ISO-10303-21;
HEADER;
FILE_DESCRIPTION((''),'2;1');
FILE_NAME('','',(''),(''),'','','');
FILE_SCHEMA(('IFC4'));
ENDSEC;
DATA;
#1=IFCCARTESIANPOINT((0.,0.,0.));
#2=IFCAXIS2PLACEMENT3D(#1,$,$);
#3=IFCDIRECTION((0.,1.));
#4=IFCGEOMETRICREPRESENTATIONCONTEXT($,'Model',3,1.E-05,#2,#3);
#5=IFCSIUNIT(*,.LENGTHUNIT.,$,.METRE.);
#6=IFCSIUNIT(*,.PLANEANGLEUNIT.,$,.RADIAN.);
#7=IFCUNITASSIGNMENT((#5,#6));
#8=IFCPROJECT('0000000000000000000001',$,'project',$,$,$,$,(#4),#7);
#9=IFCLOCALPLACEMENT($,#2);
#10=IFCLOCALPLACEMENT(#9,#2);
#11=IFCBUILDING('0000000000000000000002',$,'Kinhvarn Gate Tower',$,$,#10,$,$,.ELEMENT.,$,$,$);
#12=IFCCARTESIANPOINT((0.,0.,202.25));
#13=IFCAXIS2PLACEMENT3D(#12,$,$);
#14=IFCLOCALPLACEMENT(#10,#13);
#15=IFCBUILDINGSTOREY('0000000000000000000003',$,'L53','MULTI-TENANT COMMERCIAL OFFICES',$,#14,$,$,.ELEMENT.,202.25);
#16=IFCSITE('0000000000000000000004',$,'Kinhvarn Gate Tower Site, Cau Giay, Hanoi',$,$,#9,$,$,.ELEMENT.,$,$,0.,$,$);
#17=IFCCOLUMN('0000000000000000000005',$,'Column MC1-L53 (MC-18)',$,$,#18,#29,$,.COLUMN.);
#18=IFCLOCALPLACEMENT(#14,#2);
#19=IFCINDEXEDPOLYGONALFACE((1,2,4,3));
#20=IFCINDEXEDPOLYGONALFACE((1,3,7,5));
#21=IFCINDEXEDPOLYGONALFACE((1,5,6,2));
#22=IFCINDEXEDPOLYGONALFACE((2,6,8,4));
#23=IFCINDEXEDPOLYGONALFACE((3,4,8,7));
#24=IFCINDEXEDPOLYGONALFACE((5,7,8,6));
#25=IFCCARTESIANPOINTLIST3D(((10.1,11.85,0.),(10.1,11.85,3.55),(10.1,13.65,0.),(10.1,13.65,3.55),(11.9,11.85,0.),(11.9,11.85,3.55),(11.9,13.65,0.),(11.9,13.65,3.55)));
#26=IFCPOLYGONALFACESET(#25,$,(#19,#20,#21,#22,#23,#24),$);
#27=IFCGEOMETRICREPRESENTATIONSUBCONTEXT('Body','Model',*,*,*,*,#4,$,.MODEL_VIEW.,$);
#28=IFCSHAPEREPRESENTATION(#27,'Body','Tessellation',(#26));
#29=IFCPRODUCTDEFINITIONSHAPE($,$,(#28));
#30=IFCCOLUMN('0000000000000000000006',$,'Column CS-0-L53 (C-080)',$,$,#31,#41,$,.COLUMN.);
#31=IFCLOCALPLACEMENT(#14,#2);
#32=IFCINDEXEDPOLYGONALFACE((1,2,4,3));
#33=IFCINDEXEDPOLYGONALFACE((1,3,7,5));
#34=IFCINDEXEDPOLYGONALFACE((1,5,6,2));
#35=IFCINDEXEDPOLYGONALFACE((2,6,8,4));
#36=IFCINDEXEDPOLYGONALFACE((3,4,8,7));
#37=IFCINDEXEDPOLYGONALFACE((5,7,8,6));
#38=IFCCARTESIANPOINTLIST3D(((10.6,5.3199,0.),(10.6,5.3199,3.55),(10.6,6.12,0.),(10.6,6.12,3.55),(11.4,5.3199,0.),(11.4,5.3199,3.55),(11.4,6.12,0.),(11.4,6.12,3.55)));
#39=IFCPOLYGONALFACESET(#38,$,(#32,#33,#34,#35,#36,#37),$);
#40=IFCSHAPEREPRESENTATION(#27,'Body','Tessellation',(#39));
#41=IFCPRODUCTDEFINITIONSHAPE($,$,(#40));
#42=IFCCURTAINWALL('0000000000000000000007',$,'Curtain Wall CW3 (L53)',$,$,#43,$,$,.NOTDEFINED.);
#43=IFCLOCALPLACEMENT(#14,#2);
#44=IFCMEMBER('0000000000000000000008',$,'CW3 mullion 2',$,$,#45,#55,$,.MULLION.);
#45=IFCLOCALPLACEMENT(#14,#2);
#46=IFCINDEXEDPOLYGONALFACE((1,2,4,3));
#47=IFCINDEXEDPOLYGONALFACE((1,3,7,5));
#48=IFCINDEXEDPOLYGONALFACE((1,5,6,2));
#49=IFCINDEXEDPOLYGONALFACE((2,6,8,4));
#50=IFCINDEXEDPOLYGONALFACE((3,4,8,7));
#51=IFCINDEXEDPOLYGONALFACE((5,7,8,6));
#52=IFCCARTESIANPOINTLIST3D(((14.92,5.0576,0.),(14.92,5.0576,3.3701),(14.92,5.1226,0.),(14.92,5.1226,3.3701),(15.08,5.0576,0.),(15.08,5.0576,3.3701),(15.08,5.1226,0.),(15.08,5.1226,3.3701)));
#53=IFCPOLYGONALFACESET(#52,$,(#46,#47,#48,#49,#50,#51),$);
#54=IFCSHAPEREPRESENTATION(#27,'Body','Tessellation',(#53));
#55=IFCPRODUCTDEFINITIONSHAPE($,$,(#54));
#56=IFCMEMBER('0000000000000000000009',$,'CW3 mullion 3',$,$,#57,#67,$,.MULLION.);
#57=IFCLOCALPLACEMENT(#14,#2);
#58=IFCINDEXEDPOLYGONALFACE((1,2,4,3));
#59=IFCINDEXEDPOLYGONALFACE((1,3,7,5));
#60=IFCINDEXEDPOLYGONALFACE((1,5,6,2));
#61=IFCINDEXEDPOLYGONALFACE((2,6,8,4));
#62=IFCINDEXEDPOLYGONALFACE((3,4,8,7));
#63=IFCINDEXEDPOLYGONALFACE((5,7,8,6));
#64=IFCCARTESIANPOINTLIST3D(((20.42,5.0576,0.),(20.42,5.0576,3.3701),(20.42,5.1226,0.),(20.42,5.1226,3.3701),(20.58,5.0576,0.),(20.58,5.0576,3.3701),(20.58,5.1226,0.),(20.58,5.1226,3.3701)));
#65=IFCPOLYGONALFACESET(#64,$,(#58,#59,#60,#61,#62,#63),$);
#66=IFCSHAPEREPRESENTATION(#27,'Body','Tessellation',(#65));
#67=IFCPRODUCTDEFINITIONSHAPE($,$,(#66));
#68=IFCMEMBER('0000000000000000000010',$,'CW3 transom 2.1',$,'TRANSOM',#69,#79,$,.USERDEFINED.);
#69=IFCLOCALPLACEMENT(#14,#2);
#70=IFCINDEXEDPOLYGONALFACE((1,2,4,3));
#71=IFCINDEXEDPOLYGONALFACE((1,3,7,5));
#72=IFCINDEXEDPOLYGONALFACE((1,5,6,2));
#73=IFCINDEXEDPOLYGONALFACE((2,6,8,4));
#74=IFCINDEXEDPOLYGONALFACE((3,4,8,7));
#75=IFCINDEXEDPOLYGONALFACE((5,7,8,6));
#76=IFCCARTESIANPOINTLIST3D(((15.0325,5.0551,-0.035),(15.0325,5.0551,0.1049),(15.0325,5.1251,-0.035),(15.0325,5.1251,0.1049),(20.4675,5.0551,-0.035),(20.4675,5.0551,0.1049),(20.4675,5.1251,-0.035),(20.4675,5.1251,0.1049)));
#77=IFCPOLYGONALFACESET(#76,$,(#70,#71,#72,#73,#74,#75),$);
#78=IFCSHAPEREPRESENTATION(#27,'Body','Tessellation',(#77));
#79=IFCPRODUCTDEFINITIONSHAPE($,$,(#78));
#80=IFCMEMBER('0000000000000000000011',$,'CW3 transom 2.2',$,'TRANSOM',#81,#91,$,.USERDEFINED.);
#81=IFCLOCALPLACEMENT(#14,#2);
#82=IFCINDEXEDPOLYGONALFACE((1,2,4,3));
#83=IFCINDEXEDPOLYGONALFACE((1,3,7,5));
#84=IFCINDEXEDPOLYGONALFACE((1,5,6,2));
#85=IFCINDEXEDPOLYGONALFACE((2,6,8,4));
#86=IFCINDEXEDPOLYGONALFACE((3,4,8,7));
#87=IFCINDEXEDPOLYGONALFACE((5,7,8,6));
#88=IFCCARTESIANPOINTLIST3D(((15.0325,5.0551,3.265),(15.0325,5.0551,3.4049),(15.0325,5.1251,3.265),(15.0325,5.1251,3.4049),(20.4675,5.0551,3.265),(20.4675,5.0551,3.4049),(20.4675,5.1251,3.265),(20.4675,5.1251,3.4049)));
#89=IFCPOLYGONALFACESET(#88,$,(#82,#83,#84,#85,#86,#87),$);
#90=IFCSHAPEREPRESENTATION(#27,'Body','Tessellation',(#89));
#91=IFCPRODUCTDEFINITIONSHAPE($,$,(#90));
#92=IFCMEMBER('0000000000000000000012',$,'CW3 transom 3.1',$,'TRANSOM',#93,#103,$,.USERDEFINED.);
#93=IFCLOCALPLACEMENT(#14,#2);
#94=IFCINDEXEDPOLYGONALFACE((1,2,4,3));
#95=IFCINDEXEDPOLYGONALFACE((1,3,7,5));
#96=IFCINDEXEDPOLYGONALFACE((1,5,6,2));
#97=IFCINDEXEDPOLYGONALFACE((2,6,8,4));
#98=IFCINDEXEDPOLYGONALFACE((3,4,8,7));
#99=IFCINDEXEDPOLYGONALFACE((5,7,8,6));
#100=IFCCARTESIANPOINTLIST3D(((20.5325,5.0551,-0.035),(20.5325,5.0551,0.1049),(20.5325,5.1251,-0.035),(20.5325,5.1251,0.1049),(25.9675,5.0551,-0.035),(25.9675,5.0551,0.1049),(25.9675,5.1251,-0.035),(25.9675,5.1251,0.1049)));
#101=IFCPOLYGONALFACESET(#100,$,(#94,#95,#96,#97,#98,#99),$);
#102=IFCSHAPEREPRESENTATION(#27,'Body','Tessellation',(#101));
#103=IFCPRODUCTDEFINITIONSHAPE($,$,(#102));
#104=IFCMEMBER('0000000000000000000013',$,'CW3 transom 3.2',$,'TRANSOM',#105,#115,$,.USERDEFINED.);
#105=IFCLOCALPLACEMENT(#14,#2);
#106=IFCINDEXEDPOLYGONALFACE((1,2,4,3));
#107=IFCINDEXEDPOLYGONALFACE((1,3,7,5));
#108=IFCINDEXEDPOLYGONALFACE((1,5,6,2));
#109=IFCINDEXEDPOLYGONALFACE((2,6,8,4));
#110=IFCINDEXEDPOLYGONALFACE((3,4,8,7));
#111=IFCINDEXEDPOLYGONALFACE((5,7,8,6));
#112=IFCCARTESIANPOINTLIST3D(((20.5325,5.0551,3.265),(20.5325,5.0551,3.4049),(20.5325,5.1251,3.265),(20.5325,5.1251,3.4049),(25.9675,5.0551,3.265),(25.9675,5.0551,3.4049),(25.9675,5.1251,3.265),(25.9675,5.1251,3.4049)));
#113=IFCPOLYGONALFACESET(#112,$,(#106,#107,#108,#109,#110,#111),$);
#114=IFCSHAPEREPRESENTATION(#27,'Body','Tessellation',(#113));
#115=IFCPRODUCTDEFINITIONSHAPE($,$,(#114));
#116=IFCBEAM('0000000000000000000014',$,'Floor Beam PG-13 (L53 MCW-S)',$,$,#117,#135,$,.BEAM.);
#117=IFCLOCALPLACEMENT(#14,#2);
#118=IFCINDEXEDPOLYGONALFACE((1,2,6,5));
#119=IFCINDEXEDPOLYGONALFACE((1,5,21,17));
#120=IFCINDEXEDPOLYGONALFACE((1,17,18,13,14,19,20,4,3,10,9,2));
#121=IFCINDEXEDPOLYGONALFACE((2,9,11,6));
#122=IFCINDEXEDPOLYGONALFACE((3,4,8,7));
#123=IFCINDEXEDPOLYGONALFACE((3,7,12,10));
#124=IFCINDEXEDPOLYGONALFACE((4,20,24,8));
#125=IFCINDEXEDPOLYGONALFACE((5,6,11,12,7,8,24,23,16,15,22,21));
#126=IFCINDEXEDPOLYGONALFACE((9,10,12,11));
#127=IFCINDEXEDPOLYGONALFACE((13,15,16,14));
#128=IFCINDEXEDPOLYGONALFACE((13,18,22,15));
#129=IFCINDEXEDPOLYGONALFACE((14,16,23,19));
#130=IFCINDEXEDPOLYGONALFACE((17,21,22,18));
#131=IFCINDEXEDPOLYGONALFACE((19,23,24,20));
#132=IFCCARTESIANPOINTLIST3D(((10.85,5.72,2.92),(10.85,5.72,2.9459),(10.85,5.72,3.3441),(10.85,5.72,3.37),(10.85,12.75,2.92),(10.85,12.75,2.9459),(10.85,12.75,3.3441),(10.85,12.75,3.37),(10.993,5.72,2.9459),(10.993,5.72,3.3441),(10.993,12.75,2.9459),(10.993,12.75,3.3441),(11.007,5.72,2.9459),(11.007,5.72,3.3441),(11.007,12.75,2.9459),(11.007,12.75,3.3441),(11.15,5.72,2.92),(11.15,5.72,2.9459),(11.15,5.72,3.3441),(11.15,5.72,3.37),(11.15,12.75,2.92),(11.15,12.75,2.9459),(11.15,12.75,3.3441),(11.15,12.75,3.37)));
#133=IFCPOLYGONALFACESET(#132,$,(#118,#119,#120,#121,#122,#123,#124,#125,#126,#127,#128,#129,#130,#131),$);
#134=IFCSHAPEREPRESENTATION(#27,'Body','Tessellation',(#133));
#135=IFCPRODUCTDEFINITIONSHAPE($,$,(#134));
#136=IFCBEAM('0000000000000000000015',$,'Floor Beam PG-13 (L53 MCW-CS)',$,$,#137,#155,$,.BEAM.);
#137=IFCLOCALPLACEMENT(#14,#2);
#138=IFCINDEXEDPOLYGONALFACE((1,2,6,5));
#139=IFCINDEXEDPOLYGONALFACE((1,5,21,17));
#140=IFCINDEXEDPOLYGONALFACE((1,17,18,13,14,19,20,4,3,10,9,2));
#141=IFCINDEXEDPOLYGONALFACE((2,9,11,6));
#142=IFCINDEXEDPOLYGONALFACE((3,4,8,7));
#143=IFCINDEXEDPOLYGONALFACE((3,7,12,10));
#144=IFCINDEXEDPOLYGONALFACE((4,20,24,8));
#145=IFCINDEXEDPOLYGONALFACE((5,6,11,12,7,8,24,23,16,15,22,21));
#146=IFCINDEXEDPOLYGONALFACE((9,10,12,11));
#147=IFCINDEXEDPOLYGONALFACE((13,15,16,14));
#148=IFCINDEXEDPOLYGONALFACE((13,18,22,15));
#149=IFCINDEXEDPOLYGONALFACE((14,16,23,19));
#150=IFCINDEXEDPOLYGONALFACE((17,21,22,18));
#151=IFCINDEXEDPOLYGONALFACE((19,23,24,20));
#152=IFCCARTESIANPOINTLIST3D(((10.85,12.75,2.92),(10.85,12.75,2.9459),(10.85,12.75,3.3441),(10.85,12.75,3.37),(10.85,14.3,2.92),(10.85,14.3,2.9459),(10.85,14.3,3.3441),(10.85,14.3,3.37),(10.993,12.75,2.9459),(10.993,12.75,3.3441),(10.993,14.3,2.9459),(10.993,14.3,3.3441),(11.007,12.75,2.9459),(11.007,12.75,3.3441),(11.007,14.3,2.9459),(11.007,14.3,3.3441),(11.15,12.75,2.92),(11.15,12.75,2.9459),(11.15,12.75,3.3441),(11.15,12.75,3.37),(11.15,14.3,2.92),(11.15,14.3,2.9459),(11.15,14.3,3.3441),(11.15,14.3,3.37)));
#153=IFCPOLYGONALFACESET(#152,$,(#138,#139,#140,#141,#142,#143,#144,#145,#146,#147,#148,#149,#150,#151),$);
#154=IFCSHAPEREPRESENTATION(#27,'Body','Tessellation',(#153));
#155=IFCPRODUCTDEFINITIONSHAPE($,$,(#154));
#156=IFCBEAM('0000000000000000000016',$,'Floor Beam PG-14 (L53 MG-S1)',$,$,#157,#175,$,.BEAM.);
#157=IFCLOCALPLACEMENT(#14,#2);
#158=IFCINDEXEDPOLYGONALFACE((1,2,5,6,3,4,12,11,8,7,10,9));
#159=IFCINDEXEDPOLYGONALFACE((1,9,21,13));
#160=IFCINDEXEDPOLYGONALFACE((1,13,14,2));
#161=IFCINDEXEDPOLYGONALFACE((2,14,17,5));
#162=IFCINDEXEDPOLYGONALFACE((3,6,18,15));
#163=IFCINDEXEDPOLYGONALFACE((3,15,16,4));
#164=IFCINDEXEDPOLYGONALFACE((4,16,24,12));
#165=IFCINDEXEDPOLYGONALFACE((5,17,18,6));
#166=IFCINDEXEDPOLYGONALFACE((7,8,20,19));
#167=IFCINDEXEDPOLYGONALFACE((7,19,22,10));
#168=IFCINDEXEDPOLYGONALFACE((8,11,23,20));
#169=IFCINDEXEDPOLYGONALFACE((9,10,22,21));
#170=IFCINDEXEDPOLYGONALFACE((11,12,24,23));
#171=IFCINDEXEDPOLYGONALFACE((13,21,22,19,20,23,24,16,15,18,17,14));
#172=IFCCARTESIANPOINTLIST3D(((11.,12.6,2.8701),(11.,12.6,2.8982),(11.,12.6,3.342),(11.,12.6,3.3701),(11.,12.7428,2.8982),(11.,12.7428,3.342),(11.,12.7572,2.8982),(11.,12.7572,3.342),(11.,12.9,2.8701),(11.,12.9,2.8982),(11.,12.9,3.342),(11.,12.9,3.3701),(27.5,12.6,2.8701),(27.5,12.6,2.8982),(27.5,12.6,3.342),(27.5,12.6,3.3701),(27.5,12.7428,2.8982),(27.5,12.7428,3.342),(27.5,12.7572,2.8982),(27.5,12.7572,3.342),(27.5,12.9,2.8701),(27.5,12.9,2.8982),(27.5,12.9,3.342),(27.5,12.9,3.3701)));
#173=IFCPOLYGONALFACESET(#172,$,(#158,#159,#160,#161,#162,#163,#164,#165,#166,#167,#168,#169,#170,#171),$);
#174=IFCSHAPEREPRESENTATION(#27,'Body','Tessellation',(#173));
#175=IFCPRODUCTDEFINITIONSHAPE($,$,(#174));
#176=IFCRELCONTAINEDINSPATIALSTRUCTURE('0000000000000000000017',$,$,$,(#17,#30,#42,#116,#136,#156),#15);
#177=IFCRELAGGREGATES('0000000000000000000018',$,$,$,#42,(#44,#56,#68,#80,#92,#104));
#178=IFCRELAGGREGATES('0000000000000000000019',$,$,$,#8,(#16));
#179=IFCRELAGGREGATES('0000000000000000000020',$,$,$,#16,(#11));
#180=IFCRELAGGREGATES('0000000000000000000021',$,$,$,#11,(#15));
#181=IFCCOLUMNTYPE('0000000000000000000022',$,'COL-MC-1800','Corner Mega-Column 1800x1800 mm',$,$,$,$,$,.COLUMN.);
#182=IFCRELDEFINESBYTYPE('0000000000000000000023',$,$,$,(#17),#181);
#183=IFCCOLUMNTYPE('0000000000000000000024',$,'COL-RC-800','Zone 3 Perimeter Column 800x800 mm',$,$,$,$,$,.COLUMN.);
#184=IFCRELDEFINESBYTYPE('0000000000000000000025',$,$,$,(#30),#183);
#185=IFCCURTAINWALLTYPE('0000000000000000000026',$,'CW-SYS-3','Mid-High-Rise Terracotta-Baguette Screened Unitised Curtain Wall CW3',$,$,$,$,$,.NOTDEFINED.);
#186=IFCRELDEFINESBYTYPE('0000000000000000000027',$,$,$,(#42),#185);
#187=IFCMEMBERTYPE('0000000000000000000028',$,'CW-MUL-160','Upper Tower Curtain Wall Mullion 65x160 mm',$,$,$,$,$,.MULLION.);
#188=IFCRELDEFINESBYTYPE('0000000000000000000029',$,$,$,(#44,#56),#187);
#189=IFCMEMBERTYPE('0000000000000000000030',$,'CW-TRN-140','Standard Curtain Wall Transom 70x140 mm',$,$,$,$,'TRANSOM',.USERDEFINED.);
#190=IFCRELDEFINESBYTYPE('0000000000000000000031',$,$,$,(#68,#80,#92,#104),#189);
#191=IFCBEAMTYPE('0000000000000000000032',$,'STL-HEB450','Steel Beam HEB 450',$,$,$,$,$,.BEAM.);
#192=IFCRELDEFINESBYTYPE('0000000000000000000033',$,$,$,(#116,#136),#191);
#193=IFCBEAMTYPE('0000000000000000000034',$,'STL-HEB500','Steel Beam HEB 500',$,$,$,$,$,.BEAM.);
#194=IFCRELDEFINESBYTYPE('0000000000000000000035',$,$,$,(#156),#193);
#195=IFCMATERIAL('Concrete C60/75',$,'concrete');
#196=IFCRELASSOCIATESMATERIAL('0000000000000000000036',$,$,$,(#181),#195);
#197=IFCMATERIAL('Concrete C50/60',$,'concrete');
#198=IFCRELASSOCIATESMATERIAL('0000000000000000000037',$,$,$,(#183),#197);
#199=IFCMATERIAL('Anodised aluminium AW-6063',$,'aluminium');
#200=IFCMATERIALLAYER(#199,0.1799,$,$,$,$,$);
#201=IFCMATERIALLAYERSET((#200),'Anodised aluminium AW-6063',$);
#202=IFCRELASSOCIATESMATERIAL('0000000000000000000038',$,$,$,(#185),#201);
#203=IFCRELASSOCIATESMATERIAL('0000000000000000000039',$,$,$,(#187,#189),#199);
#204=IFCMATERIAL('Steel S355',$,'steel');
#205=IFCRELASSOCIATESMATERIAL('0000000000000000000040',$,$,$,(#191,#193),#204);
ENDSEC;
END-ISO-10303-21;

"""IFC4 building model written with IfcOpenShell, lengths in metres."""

from ifc_helpers import new_model, si_unit, direction, frame, origin, origin_2d, place, context, subcontext, project, spatial, rectangle, i_section, extrude, material, layer, layer_set, material_profile, profile_set, type_object, element, aggregate, save


model = new_model("IFC4")

# Units and contexts
model_context = context("Model", 3, precision=1e-05, world=origin(), true_north=direction((0.0, 1.0)))
body_context = subcontext(model_context, "Body", "Model", "MODEL_VIEW")
ifc_project = project(units=[si_unit("LENGTHUNIT", "METRE"), si_unit("PLANEANGLEUNIT", "RADIAN")], contexts=[model_context])

# Site, building, storey
site_placement = place(None, origin())
site = spatial("IfcSite", under=ifc_project, at=site_placement, Name="Kinhvarn Gate Tower Site, Cau Giay, Hanoi", CompositionType="ELEMENT", RefElevation=0.0)
building_placement = place(site_placement, origin())
building = spatial("IfcBuilding", under=site, at=building_placement, Name="Kinhvarn Gate Tower", CompositionType="ELEMENT")
storey_placement = place(building_placement, frame((0.0, 0.0, 202.25)))
storey = spatial("IfcBuildingStorey", under=building, at=storey_placement, Name="L53", Description="MULTI-TENANT COMMERCIAL OFFICES", CompositionType="ELEMENT", Elevation=202.25)

# Columns
ifc_material_1 = material(Name="Concrete C60/75", Category="concrete")
ifc_material_profile_1 = material_profile(ifc_material_1, rectangle(XDim=1.8, YDim=1.8, at=origin_2d()), Name="RC 1800x1800")
ifc_profile_set_1 = profile_set([ifc_material_profile_1], Name="Concrete C60/75")
column_type_1 = type_object("IfcColumnType", Name="COL-MC-1800", Description="Corner Mega-Column 1800x1800 mm", PredefinedType="COLUMN", material=ifc_profile_set_1)
column_1_placement = place(storey_placement, frame((11.0, 12.75, 0.0), z_axis=(0.0, 0.0, 1.0), x_axis=(1.0, 0.0, 0.0)))
element("IfcColumn", 1, at=column_1_placement, inside=storey, type_object=column_type_1, Name="Column MC1-L53 (MC-18)", PredefinedType="COLUMN", context=body_context, shape_type="SweptSolid", body=[
    extrude(rectangle(XDim=1.8, YDim=1.8, at=origin_2d()), origin(), (0.0, 0.0, 1.0), 3.55),
])
ifc_material_2 = material(Name="Concrete C50/60", Category="concrete")
ifc_material_profile_2 = material_profile(ifc_material_2, rectangle(XDim=0.8, YDim=0.8, at=origin_2d()), Name="RC 800x800")
ifc_profile_set_2 = profile_set([ifc_material_profile_2], Name="Concrete C50/60")
column_type_2 = type_object("IfcColumnType", Name="COL-RC-800", Description="Zone 3 Perimeter Column 800x800 mm", PredefinedType="COLUMN", material=ifc_profile_set_2)
column_2_placement = place(storey_placement, frame((11.0, 5.72, 0.0), z_axis=(0.0, 0.0, 1.0), x_axis=(1.0, 0.0, 0.0)))
element("IfcColumn", 2, at=column_2_placement, inside=storey, type_object=column_type_2, Name="Column CS-0-L53 (C-080)", PredefinedType="COLUMN", context=body_context, shape_type="SweptSolid", body=[
    extrude(rectangle(XDim=0.8, YDim=0.8, at=origin_2d()), origin(), (0.0, 0.0, 1.0), 3.55),
])

# Curtain wall, members
ifc_material_3 = material(Name="Anodised aluminium AW-6063", Category="aluminium")
ifc_layer_1 = layer(ifc_material_3, 0.1799)
ifc_layer_set_1 = layer_set([ifc_layer_1], Name="Anodised aluminium AW-6063")
curtain_wall_type = type_object("IfcCurtainWallType", Name="CW-SYS-3", Description="Mid-High-Rise Terracotta-Baguette Screened Unitised Curtain Wall CW3", PredefinedType="NOTDEFINED", material=ifc_layer_set_1)
curtain_wall_placement = place(storey_placement, origin())
curtain_wall = element("IfcCurtainWall", 3, at=curtain_wall_placement, inside=storey, type_object=curtain_wall_type, Name="Curtain Wall CW3 (L53)", PredefinedType="NOTDEFINED")
ifc_material_profile_3 = material_profile(ifc_material_3, rectangle(XDim=0.0649, YDim=0.1599, at=origin_2d()), Name="ALU 65x160")
ifc_profile_set_3 = profile_set([ifc_material_profile_3], Name="Anodised aluminium AW-6063")
member_type_1 = type_object("IfcMemberType", Name="CW-MUL-160", Description="Upper Tower Curtain Wall Mullion 65x160 mm", PredefinedType="MULLION", material=ifc_profile_set_3)
member_1_placement = place(storey_placement, frame((15.0, 5.0901, 0.0), z_axis=(0.0, 0.0, 1.0), x_axis=(0.0, 1.0, 0.0)))
member_1 = element("IfcMember", 4, at=member_1_placement, type_object=member_type_1, Name="CW3 mullion 2", PredefinedType="MULLION", context=body_context, shape_type="SweptSolid", body=[
    extrude(rectangle(XDim=0.0649, YDim=0.1599, at=origin_2d()), origin(), (0.0, 0.0, 1.0), 3.3701),
])
member_2_placement = place(storey_placement, frame((20.5, 5.0901, 0.0), z_axis=(0.0, 0.0, 1.0), x_axis=(0.0, 1.0, 0.0)))
member_2 = element("IfcMember", 5, at=member_2_placement, type_object=member_type_1, Name="CW3 mullion 3", PredefinedType="MULLION", context=body_context, shape_type="SweptSolid", body=[
    extrude(rectangle(XDim=0.0649, YDim=0.1599, at=origin_2d()), origin(), (0.0, 0.0, 1.0), 3.3701),
])
ifc_material_profile_4 = material_profile(ifc_material_3, rectangle(XDim=0.0701, YDim=0.1399, at=origin_2d()), Name="ALU 70x140")
ifc_profile_set_4 = profile_set([ifc_material_profile_4], Name="Anodised aluminium AW-6063")
member_type_2 = type_object("IfcMemberType", Name="CW-TRN-140", Description="Standard Curtain Wall Transom 70x140 mm", ElementType="TRANSOM", PredefinedType="USERDEFINED", material=ifc_profile_set_4)
member_3_placement = place(storey_placement, frame((15.0325, 5.0901, 0.0349), z_axis=(1.0, 0.0, 0.0), x_axis=(0.0, 1.0, 0.0)))
member_3 = element("IfcMember", 6, at=member_3_placement, type_object=member_type_2, Name="CW3 transom 2.1", ObjectType="TRANSOM", PredefinedType="USERDEFINED", context=body_context, shape_type="SweptSolid", body=[
    extrude(rectangle(XDim=0.0701, YDim=0.1399, at=origin_2d()), origin(), (0.0, 0.0, 1.0), 5.4351),
])
member_4_placement = place(storey_placement, frame((15.0325, 5.0901, 3.335), z_axis=(1.0, 0.0, 0.0), x_axis=(0.0, 1.0, 0.0)))
member_4 = element("IfcMember", 7, at=member_4_placement, type_object=member_type_2, Name="CW3 transom 2.2", ObjectType="TRANSOM", PredefinedType="USERDEFINED", context=body_context, shape_type="SweptSolid", body=[
    extrude(rectangle(XDim=0.0701, YDim=0.1399, at=origin_2d()), origin(), (0.0, 0.0, 1.0), 5.4351),
])
member_5_placement = place(storey_placement, frame((20.5325, 5.0901, 0.0349), z_axis=(1.0, 0.0, 0.0), x_axis=(0.0, 1.0, 0.0)))
member_5 = element("IfcMember", 8, at=member_5_placement, type_object=member_type_2, Name="CW3 transom 3.1", ObjectType="TRANSOM", PredefinedType="USERDEFINED", context=body_context, shape_type="SweptSolid", body=[
    extrude(rectangle(XDim=0.0701, YDim=0.1399, at=origin_2d()), origin(), (0.0, 0.0, 1.0), 5.4351),
])
member_6_placement = place(storey_placement, frame((20.5325, 5.0901, 3.335), z_axis=(1.0, 0.0, 0.0), x_axis=(0.0, 1.0, 0.0)))
member_6 = element("IfcMember", 9, at=member_6_placement, type_object=member_type_2, Name="CW3 transom 3.2", ObjectType="TRANSOM", PredefinedType="USERDEFINED", context=body_context, shape_type="SweptSolid", body=[
    extrude(rectangle(XDim=0.0701, YDim=0.1399, at=origin_2d()), origin(), (0.0, 0.0, 1.0), 5.4351),
])

# Beams
ifc_material_4 = material(Name="Steel S355", Category="steel")
ifc_material_profile_5 = material_profile(ifc_material_4, i_section(OverallWidth=0.3, OverallDepth=0.45, WebThickness=0.0139, FlangeThickness=0.0259, at=origin_2d()), Name="HEB 450")
ifc_profile_set_5 = profile_set([ifc_material_profile_5], Name="Steel S355")
beam_type_1 = type_object("IfcBeamType", Name="STL-HEB450", Description="Steel Beam HEB 450", PredefinedType="BEAM", material=ifc_profile_set_5)
beam_1_placement = place(storey_placement, frame((11.0, 5.72, 3.145), z_axis=(0.0, 1.0, 0.0), x_axis=(-1.0, 0.0, 0.0)))
element("IfcBeam", 10, at=beam_1_placement, inside=storey, type_object=beam_type_1, Name="Floor Beam PG-13 (L53 MCW-S)", PredefinedType="BEAM", context=body_context, shape_type="SweptSolid", body=[
    extrude(i_section(OverallWidth=0.3, OverallDepth=0.45, WebThickness=0.0139, FlangeThickness=0.0259, at=origin_2d()), origin(), (0.0, 0.0, 1.0), 7.03),
])
beam_2_placement = place(storey_placement, frame((11.0, 12.75, 3.145), z_axis=(0.0, 1.0, 0.0), x_axis=(-1.0, 0.0, 0.0)))
element("IfcBeam", 11, at=beam_2_placement, inside=storey, type_object=beam_type_1, Name="Floor Beam PG-13 (L53 MCW-CS)", PredefinedType="BEAM", context=body_context, shape_type="SweptSolid", body=[
    extrude(i_section(OverallWidth=0.3, OverallDepth=0.45, WebThickness=0.0139, FlangeThickness=0.0259, at=origin_2d()), origin(), (0.0, 0.0, 1.0), 1.55),
])
ifc_material_profile_6 = material_profile(ifc_material_4, i_section(OverallWidth=0.3, OverallDepth=0.5, WebThickness=0.0144, FlangeThickness=0.0281, at=origin_2d()), Name="HEB 500")
ifc_profile_set_6 = profile_set([ifc_material_profile_6], Name="Steel S355")
beam_type_2 = type_object("IfcBeamType", Name="STL-HEB500", Description="Steel Beam HEB 500", PredefinedType="BEAM", material=ifc_profile_set_6)
beam_3_placement = place(storey_placement, frame((11.0, 12.75, 3.1201), z_axis=(1.0, 0.0, 0.0), x_axis=(0.0, 1.0, 0.0)))
element("IfcBeam", 12, at=beam_3_placement, inside=storey, type_object=beam_type_2, Name="Floor Beam PG-14 (L53 MG-S1)", PredefinedType="BEAM", context=body_context, shape_type="SweptSolid", body=[
    extrude(i_section(OverallWidth=0.3, OverallDepth=0.5, WebThickness=0.0144, FlangeThickness=0.0281, at=origin_2d()), origin(), (0.0, 0.0, 1.0), 16.5),
])

aggregate(curtain_wall, [member_1, member_2, member_3, member_4, member_5, member_6])

save(model, "model.ifc")
